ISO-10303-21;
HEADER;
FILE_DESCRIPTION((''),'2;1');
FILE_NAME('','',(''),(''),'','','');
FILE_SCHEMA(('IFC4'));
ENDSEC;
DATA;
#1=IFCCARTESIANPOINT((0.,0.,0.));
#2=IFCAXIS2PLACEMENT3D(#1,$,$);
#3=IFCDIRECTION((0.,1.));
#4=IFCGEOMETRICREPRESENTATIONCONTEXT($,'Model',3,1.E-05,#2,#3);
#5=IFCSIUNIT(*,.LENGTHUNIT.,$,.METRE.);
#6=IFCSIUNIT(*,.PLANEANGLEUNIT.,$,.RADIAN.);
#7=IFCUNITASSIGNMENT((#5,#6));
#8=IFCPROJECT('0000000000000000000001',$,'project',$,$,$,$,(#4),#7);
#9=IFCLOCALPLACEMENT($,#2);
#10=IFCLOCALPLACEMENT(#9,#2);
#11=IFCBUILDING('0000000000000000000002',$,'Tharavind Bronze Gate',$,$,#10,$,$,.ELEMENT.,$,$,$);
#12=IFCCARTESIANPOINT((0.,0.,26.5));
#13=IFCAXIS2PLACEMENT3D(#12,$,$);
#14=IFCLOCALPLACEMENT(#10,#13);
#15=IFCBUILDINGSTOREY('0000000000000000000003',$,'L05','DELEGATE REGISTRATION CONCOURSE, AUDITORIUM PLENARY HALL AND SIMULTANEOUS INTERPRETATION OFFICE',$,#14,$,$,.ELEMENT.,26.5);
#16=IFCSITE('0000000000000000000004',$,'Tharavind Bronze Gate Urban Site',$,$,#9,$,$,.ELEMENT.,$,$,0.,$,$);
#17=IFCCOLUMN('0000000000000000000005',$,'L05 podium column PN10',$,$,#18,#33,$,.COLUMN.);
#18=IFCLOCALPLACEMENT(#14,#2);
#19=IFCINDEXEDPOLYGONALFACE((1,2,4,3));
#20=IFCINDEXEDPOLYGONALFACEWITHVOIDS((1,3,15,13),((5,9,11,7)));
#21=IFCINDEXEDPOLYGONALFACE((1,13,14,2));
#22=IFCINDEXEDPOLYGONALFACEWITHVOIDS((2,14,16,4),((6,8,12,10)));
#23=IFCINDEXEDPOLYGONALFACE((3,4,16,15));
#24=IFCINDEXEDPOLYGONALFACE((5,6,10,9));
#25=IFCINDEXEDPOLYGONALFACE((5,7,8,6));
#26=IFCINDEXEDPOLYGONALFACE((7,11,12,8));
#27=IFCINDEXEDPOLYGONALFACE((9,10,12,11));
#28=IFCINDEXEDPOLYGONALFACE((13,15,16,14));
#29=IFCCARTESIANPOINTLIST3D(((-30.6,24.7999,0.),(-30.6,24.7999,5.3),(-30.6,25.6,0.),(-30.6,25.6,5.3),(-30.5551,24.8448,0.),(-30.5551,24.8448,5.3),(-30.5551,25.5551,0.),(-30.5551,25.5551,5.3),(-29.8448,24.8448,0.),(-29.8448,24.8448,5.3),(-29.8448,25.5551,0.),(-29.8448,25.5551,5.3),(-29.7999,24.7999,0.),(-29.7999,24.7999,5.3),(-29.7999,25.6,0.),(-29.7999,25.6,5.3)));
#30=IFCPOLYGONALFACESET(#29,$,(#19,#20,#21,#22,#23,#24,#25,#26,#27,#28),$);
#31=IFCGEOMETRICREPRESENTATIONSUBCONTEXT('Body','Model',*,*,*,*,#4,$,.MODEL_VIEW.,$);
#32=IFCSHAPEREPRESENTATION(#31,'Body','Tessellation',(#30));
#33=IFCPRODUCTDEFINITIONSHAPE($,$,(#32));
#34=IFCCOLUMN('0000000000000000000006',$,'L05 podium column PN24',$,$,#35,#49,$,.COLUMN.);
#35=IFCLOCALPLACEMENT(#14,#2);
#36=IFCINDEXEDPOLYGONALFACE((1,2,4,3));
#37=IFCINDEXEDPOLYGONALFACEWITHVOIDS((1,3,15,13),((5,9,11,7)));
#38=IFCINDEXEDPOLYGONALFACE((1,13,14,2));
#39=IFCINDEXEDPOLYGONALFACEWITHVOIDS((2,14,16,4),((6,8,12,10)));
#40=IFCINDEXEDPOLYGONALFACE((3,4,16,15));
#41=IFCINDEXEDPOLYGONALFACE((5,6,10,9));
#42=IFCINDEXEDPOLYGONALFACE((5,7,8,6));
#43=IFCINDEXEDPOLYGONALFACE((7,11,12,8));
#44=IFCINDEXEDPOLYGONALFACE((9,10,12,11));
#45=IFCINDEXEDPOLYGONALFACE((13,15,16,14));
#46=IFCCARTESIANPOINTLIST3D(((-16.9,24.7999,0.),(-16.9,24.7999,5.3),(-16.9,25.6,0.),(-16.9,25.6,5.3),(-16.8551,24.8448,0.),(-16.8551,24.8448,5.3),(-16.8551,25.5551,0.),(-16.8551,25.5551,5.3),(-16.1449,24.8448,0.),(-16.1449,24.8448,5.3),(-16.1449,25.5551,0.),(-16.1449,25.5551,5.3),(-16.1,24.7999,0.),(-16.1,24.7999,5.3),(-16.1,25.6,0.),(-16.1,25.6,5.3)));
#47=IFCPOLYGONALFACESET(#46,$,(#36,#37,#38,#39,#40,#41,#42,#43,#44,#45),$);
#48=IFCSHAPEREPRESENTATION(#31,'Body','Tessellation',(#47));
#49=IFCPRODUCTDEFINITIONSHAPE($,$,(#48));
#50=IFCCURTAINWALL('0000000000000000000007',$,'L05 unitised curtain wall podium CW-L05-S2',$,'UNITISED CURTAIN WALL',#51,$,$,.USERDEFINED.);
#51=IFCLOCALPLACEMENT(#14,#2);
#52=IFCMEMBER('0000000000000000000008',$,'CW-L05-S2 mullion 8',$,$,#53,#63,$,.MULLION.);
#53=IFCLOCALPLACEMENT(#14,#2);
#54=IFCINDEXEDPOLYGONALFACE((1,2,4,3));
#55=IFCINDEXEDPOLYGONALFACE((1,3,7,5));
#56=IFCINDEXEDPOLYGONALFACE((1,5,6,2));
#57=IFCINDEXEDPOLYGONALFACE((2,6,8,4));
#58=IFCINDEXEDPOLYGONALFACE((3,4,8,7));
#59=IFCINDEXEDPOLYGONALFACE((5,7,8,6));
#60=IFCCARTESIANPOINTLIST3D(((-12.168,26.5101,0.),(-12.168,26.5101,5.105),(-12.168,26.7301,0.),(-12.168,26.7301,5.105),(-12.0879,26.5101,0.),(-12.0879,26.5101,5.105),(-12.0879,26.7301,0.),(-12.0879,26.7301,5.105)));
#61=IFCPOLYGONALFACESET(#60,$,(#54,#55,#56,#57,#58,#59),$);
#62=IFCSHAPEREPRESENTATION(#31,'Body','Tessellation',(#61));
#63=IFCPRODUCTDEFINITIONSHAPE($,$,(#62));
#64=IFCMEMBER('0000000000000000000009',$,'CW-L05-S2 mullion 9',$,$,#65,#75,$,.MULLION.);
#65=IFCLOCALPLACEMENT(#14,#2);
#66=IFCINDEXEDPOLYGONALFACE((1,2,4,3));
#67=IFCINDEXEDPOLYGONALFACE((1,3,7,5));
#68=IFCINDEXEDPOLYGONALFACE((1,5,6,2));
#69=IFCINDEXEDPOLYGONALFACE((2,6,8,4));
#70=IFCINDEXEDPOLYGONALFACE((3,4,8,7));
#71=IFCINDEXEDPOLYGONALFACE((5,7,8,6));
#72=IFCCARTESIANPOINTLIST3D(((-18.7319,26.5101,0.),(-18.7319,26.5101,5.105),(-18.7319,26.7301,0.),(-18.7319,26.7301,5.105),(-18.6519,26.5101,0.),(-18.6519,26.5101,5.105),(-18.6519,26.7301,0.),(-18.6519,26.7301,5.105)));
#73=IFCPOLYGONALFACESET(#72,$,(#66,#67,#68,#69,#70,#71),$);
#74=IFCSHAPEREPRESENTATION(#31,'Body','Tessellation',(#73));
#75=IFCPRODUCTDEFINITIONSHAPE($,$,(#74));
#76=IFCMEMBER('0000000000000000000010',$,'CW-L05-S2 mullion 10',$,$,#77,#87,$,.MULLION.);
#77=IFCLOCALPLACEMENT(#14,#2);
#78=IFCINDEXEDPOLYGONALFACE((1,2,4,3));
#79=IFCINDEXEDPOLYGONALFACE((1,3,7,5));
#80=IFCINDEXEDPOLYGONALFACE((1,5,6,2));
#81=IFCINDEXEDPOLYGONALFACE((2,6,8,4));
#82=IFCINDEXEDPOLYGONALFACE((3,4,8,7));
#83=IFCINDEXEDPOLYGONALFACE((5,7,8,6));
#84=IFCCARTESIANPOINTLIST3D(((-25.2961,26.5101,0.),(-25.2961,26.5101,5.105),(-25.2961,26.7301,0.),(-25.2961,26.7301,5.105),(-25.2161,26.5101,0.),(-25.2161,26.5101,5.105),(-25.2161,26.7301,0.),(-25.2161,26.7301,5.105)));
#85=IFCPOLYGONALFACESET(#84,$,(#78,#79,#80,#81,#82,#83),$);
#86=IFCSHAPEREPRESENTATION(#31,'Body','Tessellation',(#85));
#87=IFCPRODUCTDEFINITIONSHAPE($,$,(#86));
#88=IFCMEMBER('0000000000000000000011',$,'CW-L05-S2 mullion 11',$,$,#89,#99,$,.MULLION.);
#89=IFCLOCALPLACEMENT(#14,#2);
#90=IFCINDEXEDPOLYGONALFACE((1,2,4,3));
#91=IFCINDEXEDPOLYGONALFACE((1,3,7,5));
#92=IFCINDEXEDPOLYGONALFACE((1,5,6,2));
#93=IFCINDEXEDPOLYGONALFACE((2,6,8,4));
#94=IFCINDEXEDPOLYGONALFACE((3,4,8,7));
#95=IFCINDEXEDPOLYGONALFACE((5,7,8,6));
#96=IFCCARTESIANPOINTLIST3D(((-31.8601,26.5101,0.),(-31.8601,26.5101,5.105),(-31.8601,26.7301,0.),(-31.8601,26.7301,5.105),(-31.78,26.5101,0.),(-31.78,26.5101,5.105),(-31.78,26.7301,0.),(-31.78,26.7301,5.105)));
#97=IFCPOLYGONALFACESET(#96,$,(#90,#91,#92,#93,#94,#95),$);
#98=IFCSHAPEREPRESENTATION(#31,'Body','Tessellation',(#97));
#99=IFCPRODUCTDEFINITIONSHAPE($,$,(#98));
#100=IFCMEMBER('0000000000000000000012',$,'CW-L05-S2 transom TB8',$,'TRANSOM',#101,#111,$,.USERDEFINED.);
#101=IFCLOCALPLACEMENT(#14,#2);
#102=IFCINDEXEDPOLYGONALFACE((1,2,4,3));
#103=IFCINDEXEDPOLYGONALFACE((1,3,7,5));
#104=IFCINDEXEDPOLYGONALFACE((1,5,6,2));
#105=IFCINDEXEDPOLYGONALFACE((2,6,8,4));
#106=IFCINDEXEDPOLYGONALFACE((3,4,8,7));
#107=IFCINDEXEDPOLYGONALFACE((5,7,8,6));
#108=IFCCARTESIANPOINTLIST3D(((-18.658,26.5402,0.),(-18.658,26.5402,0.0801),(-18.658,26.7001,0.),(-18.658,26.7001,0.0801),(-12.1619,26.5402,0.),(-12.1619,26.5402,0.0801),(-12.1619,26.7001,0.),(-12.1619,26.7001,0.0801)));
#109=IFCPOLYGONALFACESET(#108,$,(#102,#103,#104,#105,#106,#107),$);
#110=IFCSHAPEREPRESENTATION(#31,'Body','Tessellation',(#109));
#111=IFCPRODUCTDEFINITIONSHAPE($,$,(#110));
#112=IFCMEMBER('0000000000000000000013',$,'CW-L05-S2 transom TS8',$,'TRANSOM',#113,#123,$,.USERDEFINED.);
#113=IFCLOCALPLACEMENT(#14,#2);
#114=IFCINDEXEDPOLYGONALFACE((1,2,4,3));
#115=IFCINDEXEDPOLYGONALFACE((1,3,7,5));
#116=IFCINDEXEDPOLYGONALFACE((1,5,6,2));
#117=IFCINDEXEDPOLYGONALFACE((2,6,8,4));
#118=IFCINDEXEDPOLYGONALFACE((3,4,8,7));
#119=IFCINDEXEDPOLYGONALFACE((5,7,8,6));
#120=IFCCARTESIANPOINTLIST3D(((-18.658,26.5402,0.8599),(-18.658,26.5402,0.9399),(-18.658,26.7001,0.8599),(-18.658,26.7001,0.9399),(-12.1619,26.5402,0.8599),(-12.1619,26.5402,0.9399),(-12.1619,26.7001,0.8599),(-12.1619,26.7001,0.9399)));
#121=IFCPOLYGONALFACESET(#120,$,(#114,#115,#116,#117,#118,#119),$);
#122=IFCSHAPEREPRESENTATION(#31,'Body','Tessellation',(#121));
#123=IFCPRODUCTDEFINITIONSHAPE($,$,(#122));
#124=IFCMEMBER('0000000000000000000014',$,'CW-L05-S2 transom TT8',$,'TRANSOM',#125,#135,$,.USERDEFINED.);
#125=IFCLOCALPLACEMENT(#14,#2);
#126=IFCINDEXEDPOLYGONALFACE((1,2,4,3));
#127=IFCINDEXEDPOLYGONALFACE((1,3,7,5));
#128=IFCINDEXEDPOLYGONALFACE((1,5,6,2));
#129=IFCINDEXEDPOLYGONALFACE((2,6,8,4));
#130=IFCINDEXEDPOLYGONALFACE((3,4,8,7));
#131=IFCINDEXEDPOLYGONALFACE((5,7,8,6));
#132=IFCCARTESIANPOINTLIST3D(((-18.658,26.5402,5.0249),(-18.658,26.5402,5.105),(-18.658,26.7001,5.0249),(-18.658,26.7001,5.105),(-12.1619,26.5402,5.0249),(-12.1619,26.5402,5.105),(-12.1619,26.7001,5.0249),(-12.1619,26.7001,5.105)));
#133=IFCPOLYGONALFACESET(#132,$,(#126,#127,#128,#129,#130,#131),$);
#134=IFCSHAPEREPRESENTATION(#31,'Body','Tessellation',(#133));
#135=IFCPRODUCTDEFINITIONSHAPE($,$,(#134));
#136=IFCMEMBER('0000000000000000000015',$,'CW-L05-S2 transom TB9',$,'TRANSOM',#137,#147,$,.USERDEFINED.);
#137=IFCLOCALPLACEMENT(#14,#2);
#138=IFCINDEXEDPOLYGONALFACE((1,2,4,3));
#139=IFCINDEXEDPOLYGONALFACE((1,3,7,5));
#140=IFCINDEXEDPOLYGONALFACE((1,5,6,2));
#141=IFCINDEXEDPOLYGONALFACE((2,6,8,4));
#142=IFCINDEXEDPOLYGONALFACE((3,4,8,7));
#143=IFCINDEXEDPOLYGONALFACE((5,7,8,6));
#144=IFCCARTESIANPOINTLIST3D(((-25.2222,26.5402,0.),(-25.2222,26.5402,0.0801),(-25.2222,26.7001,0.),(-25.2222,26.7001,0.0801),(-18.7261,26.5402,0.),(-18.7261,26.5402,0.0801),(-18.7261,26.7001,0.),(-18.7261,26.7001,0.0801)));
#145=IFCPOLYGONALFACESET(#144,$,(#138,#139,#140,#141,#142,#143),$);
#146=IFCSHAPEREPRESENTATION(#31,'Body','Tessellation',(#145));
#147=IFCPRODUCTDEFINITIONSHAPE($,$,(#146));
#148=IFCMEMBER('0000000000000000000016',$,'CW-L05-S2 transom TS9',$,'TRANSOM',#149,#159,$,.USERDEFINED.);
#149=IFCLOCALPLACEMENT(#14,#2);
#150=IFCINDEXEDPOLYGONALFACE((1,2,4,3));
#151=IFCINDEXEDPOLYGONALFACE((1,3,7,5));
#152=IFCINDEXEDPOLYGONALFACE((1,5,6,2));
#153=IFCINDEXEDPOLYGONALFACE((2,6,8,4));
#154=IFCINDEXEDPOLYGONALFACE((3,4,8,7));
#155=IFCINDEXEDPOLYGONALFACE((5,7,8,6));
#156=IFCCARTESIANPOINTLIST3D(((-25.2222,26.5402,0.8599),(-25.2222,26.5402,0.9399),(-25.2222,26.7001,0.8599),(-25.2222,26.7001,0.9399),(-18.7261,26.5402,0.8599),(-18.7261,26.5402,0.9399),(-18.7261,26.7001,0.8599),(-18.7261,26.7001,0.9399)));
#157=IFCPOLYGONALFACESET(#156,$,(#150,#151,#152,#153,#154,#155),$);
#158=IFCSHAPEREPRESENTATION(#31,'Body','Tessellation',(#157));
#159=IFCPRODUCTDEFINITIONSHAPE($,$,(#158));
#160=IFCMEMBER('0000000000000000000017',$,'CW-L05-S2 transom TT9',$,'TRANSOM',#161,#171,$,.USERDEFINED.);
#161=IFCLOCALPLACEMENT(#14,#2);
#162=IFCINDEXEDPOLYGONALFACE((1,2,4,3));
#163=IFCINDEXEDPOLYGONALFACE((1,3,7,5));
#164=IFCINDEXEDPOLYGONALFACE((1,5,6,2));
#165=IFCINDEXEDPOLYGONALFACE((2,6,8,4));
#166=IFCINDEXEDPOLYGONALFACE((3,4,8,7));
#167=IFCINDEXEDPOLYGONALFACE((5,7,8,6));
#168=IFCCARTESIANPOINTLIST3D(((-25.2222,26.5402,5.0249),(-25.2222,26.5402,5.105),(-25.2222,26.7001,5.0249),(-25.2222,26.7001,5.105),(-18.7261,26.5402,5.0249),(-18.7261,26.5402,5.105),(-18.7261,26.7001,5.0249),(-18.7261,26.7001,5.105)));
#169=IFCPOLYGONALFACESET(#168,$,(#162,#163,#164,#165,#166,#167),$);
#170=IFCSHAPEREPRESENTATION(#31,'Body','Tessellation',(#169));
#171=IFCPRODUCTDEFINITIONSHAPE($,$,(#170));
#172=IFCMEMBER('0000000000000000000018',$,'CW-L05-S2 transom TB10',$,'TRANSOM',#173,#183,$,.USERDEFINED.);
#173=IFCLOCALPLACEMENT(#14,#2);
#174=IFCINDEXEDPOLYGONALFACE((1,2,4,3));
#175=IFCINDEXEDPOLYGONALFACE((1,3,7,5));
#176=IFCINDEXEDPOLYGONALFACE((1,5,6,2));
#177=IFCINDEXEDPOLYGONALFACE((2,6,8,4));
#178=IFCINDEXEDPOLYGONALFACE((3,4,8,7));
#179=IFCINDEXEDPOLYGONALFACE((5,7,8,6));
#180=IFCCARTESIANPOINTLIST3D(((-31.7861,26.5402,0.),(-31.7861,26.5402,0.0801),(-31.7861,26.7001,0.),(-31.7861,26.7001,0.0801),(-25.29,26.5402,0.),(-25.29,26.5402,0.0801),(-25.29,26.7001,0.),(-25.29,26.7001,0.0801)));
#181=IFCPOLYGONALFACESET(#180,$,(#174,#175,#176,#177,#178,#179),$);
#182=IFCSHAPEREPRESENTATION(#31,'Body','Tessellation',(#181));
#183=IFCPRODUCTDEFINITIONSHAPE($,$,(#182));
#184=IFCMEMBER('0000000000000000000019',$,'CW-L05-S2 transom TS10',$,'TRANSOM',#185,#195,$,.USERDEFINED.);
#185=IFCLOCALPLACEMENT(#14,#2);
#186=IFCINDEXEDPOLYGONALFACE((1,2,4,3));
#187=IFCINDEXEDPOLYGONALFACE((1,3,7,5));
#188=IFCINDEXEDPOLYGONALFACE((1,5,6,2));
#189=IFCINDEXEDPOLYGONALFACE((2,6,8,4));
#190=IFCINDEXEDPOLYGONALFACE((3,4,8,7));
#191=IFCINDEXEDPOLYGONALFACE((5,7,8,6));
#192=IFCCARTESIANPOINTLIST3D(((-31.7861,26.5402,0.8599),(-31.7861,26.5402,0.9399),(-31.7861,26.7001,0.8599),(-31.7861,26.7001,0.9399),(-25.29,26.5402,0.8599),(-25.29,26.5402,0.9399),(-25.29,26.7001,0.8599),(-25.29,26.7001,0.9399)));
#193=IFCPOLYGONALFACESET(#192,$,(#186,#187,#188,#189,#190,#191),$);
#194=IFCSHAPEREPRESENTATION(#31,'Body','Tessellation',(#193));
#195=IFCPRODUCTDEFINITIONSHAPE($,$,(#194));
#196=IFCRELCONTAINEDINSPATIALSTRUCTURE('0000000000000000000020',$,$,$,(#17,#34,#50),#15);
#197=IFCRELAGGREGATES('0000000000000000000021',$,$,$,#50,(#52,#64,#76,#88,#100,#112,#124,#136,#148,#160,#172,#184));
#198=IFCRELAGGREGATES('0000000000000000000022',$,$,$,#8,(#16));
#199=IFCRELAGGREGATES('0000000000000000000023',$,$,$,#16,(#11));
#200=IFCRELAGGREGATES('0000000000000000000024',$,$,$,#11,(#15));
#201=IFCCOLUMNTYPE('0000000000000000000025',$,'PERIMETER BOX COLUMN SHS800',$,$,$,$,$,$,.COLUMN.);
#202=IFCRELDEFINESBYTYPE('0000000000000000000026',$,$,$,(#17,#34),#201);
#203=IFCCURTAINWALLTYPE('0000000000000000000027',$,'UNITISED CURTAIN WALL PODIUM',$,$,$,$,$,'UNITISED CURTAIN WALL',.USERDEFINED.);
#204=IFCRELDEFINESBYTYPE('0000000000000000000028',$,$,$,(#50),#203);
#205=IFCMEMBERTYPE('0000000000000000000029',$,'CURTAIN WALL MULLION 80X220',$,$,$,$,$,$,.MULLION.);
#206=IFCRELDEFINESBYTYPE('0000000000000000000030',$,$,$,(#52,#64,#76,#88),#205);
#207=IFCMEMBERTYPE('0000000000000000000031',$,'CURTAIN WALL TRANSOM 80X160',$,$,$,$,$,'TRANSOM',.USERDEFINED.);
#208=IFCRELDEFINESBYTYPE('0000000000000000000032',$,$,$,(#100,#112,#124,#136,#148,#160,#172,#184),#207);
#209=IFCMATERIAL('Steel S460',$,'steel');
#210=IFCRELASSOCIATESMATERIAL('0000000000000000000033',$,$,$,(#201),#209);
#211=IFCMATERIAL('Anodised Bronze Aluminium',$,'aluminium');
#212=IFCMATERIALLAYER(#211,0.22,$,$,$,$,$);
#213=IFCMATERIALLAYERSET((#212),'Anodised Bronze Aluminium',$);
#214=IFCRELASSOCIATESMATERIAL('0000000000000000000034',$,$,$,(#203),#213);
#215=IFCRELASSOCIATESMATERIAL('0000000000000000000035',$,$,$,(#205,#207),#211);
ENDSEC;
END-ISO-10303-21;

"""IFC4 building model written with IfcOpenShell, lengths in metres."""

from ifc_helpers import new_model, si_unit, direction, frame, origin, origin_2d, place, context, subcontext, project, spatial, rectangle, hollow_rectangle, extrude, material, layer, layer_set, material_profile, profile_set, type_object, element, aggregate, save


model = new_model("IFC4")

# Units and contexts
model_context = context("Model", 3, precision=1e-05, world=origin(), true_north=direction((0.0, 1.0)))
body_context = subcontext(model_context, "Body", "Model", "MODEL_VIEW")
ifc_project = project(units=[si_unit("LENGTHUNIT", "METRE"), si_unit("PLANEANGLEUNIT", "RADIAN")], contexts=[model_context])

# Site, building, storey
site_placement = place(None, origin())
site = spatial("IfcSite", under=ifc_project, at=site_placement, Name="Tharavind Bronze Gate Urban Site", CompositionType="ELEMENT", RefElevation=0.0)
building_placement = place(site_placement, origin())
building = spatial("IfcBuilding", under=site, at=building_placement, Name="Tharavind Bronze Gate", CompositionType="ELEMENT")
storey_placement = place(building_placement, frame((0.0, 0.0, 26.5)))
storey = spatial("IfcBuildingStorey", under=building, at=storey_placement, Name="L05", Description="DELEGATE REGISTRATION CONCOURSE, AUDITORIUM PLENARY HALL AND SIMULTANEOUS INTERPRETATION OFFICE", CompositionType="ELEMENT", Elevation=26.5)

# Columns
ifc_material_1 = material(Name="Steel S460", Category="steel")
ifc_material_profile_1 = material_profile(ifc_material_1, hollow_rectangle(XDim=0.8, YDim=0.8, WallThickness=0.0449, at=origin_2d()), Name="SHS800X45")
ifc_profile_set_1 = profile_set([ifc_material_profile_1], Name="Steel S460")
column_type = type_object("IfcColumnType", Name="PERIMETER BOX COLUMN SHS800", PredefinedType="COLUMN", material=ifc_profile_set_1)
for number, where, z_axis, x_axis, name in (
    (1, (-30.2, 25.2, 0.0), (0.0, 0.0, 1.0), (1.0, 0.0, 0.0), "L05 podium column PN10"),
    (2, (-16.5, 25.2, 0.0), (0.0, 0.0, 1.0), (1.0, 0.0, 0.0), "L05 podium column PN24"),
):
    element("IfcColumn", number, at=place(storey_placement, frame(where, z_axis=z_axis, x_axis=x_axis)), inside=storey, type_object=column_type, Name=name, PredefinedType="COLUMN", context=body_context, shape_type="SweptSolid", body=[
        extrude(hollow_rectangle(XDim=0.8, YDim=0.8, WallThickness=0.0449, at=origin_2d()), origin(), (0.0, 0.0, 1.0), 5.3),
    ])

# Curtain wall, members
ifc_material_2 = material(Name="Anodised Bronze Aluminium", Category="aluminium")
ifc_layer_1 = layer(ifc_material_2, 0.22)
ifc_layer_set_1 = layer_set([ifc_layer_1], Name="Anodised Bronze Aluminium")
curtain_wall_type = type_object("IfcCurtainWallType", Name="UNITISED CURTAIN WALL PODIUM", ElementType="UNITISED CURTAIN WALL", PredefinedType="USERDEFINED", material=ifc_layer_set_1)
curtain_wall_placement = place(storey_placement, origin())
curtain_wall = element("IfcCurtainWall", 3, at=curtain_wall_placement, inside=storey, type_object=curtain_wall_type, Name="L05 unitised curtain wall podium CW-L05-S2", ObjectType="UNITISED CURTAIN WALL", PredefinedType="USERDEFINED")
member_type_1 = type_object("IfcMemberType", Name="CURTAIN WALL MULLION 80X220", PredefinedType="MULLION", material=ifc_material_2)
member_1_placement = place(storey_placement, frame((-12.1279, 26.6201, 0.0), z_axis=(0.0, 0.0, 1.0), x_axis=(-1.0, 0.0, 0.0)))
member_1 = element("IfcMember", 4, at=member_1_placement, type_object=member_type_1, Name="CW-L05-S2 mullion 8", PredefinedType="MULLION", context=body_context, shape_type="SweptSolid", body=[
    extrude(rectangle(XDim=0.0801, YDim=0.22, at=origin_2d()), origin(), (0.0, 0.0, 1.0), 5.105),
])
member_2_placement = place(storey_placement, frame((-18.6919, 26.6201, 0.0), z_axis=(0.0, 0.0, 1.0), x_axis=(-1.0, 0.0, 0.0)))
member_2 = element("IfcMember", 5, at=member_2_placement, type_object=member_type_1, Name="CW-L05-S2 mullion 9", PredefinedType="MULLION", context=body_context, shape_type="SweptSolid", body=[
    extrude(rectangle(XDim=0.0801, YDim=0.22, at=origin_2d()), origin(), (0.0, 0.0, 1.0), 5.105),
])
member_3_placement = place(storey_placement, frame((-25.2561, 26.6201, 0.0), z_axis=(0.0, 0.0, 1.0), x_axis=(-1.0, 0.0, 0.0)))
member_3 = element("IfcMember", 6, at=member_3_placement, type_object=member_type_1, Name="CW-L05-S2 mullion 10", PredefinedType="MULLION", context=body_context, shape_type="SweptSolid", body=[
    extrude(rectangle(XDim=0.0801, YDim=0.22, at=origin_2d()), origin(), (0.0, 0.0, 1.0), 5.105),
])
member_4_placement = place(storey_placement, frame((-31.8201, 26.6201, 0.0), z_axis=(0.0, 0.0, 1.0), x_axis=(-1.0, 0.0, 0.0)))
member_4 = element("IfcMember", 7, at=member_4_placement, type_object=member_type_1, Name="CW-L05-S2 mullion 11", PredefinedType="MULLION", context=body_context, shape_type="SweptSolid", body=[
    extrude(rectangle(XDim=0.0801, YDim=0.22, at=origin_2d()), origin(), (0.0, 0.0, 1.0), 5.105),
])
member_type_2 = type_object("IfcMemberType", Name="CURTAIN WALL TRANSOM 80X160", ElementType="TRANSOM", PredefinedType="USERDEFINED", material=ifc_material_2)
member_5_placement = place(storey_placement, frame((-15.4099, 26.6201, 0.0), z_axis=(0.0, 0.0, 1.0), x_axis=(-1.0, 0.0, 0.0)))
member_5 = element("IfcMember", 8, at=member_5_placement, type_object=member_type_2, Name="CW-L05-S2 transom TB8", ObjectType="TRANSOM", PredefinedType="USERDEFINED", context=body_context, shape_type="SweptSolid", body=[
    extrude(rectangle(XDim=6.4961, YDim=0.1599, at=origin_2d()), origin(), (0.0, 0.0, 1.0), 0.0801),
])
member_6_placement = place(storey_placement, frame((-15.4099, 26.6201, 0.8599), z_axis=(0.0, 0.0, 1.0), x_axis=(-1.0, 0.0, 0.0)))
member_6 = element("IfcMember", 9, at=member_6_placement, type_object=member_type_2, Name="CW-L05-S2 transom TS8", ObjectType="TRANSOM", PredefinedType="USERDEFINED", context=body_context, shape_type="SweptSolid", body=[
    extrude(rectangle(XDim=6.4961, YDim=0.1599, at=origin_2d()), origin(), (0.0, 0.0, 1.0), 0.0801),
])
member_7_placement = place(storey_placement, frame((-15.4099, 26.6201, 5.0249), z_axis=(0.0, 0.0, 1.0), x_axis=(-1.0, 0.0, 0.0)))
member_7 = element("IfcMember", 10, at=member_7_placement, type_object=member_type_2, Name="CW-L05-S2 transom TT8", ObjectType="TRANSOM", PredefinedType="USERDEFINED", context=body_context, shape_type="SweptSolid", body=[
    extrude(rectangle(XDim=6.4961, YDim=0.1599, at=origin_2d()), origin(), (0.0, 0.0, 1.0), 0.0801),
])
member_8_placement = place(storey_placement, frame((-21.9741, 26.6201, 0.0), z_axis=(0.0, 0.0, 1.0), x_axis=(-1.0, 0.0, 0.0)))
member_8 = element("IfcMember", 11, at=member_8_placement, type_object=member_type_2, Name="CW-L05-S2 transom TB9", ObjectType="TRANSOM", PredefinedType="USERDEFINED", context=body_context, shape_type="SweptSolid", body=[
    extrude(rectangle(XDim=6.4961, YDim=0.1599, at=origin_2d()), origin(), (0.0, 0.0, 1.0), 0.0801),
])
member_9_placement = place(storey_placement, frame((-21.9741, 26.6201, 0.8599), z_axis=(0.0, 0.0, 1.0), x_axis=(-1.0, 0.0, 0.0)))
member_9 = element("IfcMember", 12, at=member_9_placement, type_object=member_type_2, Name="CW-L05-S2 transom TS9", ObjectType="TRANSOM", PredefinedType="USERDEFINED", context=body_context, shape_type="SweptSolid", body=[
    extrude(rectangle(XDim=6.4961, YDim=0.1599, at=origin_2d()), origin(), (0.0, 0.0, 1.0), 0.0801),
])
member_10_placement = place(storey_placement, frame((-21.9741, 26.6201, 5.0249), z_axis=(0.0, 0.0, 1.0), x_axis=(-1.0, 0.0, 0.0)))
member_10 = element("IfcMember", 13, at=member_10_placement, type_object=member_type_2, Name="CW-L05-S2 transom TT9", ObjectType="TRANSOM", PredefinedType="USERDEFINED", context=body_context, shape_type="SweptSolid", body=[
    extrude(rectangle(XDim=6.4961, YDim=0.1599, at=origin_2d()), origin(), (0.0, 0.0, 1.0), 0.0801),
])
member_11_placement = place(storey_placement, frame((-28.5381, 26.6201, 0.0), z_axis=(0.0, 0.0, 1.0), x_axis=(-1.0, 0.0, 0.0)))
member_11 = element("IfcMember", 14, at=member_11_placement, type_object=member_type_2, Name="CW-L05-S2 transom TB10", ObjectType="TRANSOM", PredefinedType="USERDEFINED", context=body_context, shape_type="SweptSolid", body=[
    extrude(rectangle(XDim=6.4961, YDim=0.1599, at=origin_2d()), origin(), (0.0, 0.0, 1.0), 0.0801),
])
member_12_placement = place(storey_placement, frame((-28.5381, 26.6201, 0.8599), z_axis=(0.0, 0.0, 1.0), x_axis=(-1.0, 0.0, 0.0)))
member_12 = element("IfcMember", 15, at=member_12_placement, type_object=member_type_2, Name="CW-L05-S2 transom TS10", ObjectType="TRANSOM", PredefinedType="USERDEFINED", context=body_context, shape_type="SweptSolid", body=[
    extrude(rectangle(XDim=6.4961, YDim=0.1599, at=origin_2d()), origin(), (0.0, 0.0, 1.0), 0.0801),
])

aggregate(curtain_wall, [member_1, member_2, member_3, member_4, member_5, member_6, member_7, member_8, member_9, member_10, member_11, member_12])

save(model, "model.ifc")
